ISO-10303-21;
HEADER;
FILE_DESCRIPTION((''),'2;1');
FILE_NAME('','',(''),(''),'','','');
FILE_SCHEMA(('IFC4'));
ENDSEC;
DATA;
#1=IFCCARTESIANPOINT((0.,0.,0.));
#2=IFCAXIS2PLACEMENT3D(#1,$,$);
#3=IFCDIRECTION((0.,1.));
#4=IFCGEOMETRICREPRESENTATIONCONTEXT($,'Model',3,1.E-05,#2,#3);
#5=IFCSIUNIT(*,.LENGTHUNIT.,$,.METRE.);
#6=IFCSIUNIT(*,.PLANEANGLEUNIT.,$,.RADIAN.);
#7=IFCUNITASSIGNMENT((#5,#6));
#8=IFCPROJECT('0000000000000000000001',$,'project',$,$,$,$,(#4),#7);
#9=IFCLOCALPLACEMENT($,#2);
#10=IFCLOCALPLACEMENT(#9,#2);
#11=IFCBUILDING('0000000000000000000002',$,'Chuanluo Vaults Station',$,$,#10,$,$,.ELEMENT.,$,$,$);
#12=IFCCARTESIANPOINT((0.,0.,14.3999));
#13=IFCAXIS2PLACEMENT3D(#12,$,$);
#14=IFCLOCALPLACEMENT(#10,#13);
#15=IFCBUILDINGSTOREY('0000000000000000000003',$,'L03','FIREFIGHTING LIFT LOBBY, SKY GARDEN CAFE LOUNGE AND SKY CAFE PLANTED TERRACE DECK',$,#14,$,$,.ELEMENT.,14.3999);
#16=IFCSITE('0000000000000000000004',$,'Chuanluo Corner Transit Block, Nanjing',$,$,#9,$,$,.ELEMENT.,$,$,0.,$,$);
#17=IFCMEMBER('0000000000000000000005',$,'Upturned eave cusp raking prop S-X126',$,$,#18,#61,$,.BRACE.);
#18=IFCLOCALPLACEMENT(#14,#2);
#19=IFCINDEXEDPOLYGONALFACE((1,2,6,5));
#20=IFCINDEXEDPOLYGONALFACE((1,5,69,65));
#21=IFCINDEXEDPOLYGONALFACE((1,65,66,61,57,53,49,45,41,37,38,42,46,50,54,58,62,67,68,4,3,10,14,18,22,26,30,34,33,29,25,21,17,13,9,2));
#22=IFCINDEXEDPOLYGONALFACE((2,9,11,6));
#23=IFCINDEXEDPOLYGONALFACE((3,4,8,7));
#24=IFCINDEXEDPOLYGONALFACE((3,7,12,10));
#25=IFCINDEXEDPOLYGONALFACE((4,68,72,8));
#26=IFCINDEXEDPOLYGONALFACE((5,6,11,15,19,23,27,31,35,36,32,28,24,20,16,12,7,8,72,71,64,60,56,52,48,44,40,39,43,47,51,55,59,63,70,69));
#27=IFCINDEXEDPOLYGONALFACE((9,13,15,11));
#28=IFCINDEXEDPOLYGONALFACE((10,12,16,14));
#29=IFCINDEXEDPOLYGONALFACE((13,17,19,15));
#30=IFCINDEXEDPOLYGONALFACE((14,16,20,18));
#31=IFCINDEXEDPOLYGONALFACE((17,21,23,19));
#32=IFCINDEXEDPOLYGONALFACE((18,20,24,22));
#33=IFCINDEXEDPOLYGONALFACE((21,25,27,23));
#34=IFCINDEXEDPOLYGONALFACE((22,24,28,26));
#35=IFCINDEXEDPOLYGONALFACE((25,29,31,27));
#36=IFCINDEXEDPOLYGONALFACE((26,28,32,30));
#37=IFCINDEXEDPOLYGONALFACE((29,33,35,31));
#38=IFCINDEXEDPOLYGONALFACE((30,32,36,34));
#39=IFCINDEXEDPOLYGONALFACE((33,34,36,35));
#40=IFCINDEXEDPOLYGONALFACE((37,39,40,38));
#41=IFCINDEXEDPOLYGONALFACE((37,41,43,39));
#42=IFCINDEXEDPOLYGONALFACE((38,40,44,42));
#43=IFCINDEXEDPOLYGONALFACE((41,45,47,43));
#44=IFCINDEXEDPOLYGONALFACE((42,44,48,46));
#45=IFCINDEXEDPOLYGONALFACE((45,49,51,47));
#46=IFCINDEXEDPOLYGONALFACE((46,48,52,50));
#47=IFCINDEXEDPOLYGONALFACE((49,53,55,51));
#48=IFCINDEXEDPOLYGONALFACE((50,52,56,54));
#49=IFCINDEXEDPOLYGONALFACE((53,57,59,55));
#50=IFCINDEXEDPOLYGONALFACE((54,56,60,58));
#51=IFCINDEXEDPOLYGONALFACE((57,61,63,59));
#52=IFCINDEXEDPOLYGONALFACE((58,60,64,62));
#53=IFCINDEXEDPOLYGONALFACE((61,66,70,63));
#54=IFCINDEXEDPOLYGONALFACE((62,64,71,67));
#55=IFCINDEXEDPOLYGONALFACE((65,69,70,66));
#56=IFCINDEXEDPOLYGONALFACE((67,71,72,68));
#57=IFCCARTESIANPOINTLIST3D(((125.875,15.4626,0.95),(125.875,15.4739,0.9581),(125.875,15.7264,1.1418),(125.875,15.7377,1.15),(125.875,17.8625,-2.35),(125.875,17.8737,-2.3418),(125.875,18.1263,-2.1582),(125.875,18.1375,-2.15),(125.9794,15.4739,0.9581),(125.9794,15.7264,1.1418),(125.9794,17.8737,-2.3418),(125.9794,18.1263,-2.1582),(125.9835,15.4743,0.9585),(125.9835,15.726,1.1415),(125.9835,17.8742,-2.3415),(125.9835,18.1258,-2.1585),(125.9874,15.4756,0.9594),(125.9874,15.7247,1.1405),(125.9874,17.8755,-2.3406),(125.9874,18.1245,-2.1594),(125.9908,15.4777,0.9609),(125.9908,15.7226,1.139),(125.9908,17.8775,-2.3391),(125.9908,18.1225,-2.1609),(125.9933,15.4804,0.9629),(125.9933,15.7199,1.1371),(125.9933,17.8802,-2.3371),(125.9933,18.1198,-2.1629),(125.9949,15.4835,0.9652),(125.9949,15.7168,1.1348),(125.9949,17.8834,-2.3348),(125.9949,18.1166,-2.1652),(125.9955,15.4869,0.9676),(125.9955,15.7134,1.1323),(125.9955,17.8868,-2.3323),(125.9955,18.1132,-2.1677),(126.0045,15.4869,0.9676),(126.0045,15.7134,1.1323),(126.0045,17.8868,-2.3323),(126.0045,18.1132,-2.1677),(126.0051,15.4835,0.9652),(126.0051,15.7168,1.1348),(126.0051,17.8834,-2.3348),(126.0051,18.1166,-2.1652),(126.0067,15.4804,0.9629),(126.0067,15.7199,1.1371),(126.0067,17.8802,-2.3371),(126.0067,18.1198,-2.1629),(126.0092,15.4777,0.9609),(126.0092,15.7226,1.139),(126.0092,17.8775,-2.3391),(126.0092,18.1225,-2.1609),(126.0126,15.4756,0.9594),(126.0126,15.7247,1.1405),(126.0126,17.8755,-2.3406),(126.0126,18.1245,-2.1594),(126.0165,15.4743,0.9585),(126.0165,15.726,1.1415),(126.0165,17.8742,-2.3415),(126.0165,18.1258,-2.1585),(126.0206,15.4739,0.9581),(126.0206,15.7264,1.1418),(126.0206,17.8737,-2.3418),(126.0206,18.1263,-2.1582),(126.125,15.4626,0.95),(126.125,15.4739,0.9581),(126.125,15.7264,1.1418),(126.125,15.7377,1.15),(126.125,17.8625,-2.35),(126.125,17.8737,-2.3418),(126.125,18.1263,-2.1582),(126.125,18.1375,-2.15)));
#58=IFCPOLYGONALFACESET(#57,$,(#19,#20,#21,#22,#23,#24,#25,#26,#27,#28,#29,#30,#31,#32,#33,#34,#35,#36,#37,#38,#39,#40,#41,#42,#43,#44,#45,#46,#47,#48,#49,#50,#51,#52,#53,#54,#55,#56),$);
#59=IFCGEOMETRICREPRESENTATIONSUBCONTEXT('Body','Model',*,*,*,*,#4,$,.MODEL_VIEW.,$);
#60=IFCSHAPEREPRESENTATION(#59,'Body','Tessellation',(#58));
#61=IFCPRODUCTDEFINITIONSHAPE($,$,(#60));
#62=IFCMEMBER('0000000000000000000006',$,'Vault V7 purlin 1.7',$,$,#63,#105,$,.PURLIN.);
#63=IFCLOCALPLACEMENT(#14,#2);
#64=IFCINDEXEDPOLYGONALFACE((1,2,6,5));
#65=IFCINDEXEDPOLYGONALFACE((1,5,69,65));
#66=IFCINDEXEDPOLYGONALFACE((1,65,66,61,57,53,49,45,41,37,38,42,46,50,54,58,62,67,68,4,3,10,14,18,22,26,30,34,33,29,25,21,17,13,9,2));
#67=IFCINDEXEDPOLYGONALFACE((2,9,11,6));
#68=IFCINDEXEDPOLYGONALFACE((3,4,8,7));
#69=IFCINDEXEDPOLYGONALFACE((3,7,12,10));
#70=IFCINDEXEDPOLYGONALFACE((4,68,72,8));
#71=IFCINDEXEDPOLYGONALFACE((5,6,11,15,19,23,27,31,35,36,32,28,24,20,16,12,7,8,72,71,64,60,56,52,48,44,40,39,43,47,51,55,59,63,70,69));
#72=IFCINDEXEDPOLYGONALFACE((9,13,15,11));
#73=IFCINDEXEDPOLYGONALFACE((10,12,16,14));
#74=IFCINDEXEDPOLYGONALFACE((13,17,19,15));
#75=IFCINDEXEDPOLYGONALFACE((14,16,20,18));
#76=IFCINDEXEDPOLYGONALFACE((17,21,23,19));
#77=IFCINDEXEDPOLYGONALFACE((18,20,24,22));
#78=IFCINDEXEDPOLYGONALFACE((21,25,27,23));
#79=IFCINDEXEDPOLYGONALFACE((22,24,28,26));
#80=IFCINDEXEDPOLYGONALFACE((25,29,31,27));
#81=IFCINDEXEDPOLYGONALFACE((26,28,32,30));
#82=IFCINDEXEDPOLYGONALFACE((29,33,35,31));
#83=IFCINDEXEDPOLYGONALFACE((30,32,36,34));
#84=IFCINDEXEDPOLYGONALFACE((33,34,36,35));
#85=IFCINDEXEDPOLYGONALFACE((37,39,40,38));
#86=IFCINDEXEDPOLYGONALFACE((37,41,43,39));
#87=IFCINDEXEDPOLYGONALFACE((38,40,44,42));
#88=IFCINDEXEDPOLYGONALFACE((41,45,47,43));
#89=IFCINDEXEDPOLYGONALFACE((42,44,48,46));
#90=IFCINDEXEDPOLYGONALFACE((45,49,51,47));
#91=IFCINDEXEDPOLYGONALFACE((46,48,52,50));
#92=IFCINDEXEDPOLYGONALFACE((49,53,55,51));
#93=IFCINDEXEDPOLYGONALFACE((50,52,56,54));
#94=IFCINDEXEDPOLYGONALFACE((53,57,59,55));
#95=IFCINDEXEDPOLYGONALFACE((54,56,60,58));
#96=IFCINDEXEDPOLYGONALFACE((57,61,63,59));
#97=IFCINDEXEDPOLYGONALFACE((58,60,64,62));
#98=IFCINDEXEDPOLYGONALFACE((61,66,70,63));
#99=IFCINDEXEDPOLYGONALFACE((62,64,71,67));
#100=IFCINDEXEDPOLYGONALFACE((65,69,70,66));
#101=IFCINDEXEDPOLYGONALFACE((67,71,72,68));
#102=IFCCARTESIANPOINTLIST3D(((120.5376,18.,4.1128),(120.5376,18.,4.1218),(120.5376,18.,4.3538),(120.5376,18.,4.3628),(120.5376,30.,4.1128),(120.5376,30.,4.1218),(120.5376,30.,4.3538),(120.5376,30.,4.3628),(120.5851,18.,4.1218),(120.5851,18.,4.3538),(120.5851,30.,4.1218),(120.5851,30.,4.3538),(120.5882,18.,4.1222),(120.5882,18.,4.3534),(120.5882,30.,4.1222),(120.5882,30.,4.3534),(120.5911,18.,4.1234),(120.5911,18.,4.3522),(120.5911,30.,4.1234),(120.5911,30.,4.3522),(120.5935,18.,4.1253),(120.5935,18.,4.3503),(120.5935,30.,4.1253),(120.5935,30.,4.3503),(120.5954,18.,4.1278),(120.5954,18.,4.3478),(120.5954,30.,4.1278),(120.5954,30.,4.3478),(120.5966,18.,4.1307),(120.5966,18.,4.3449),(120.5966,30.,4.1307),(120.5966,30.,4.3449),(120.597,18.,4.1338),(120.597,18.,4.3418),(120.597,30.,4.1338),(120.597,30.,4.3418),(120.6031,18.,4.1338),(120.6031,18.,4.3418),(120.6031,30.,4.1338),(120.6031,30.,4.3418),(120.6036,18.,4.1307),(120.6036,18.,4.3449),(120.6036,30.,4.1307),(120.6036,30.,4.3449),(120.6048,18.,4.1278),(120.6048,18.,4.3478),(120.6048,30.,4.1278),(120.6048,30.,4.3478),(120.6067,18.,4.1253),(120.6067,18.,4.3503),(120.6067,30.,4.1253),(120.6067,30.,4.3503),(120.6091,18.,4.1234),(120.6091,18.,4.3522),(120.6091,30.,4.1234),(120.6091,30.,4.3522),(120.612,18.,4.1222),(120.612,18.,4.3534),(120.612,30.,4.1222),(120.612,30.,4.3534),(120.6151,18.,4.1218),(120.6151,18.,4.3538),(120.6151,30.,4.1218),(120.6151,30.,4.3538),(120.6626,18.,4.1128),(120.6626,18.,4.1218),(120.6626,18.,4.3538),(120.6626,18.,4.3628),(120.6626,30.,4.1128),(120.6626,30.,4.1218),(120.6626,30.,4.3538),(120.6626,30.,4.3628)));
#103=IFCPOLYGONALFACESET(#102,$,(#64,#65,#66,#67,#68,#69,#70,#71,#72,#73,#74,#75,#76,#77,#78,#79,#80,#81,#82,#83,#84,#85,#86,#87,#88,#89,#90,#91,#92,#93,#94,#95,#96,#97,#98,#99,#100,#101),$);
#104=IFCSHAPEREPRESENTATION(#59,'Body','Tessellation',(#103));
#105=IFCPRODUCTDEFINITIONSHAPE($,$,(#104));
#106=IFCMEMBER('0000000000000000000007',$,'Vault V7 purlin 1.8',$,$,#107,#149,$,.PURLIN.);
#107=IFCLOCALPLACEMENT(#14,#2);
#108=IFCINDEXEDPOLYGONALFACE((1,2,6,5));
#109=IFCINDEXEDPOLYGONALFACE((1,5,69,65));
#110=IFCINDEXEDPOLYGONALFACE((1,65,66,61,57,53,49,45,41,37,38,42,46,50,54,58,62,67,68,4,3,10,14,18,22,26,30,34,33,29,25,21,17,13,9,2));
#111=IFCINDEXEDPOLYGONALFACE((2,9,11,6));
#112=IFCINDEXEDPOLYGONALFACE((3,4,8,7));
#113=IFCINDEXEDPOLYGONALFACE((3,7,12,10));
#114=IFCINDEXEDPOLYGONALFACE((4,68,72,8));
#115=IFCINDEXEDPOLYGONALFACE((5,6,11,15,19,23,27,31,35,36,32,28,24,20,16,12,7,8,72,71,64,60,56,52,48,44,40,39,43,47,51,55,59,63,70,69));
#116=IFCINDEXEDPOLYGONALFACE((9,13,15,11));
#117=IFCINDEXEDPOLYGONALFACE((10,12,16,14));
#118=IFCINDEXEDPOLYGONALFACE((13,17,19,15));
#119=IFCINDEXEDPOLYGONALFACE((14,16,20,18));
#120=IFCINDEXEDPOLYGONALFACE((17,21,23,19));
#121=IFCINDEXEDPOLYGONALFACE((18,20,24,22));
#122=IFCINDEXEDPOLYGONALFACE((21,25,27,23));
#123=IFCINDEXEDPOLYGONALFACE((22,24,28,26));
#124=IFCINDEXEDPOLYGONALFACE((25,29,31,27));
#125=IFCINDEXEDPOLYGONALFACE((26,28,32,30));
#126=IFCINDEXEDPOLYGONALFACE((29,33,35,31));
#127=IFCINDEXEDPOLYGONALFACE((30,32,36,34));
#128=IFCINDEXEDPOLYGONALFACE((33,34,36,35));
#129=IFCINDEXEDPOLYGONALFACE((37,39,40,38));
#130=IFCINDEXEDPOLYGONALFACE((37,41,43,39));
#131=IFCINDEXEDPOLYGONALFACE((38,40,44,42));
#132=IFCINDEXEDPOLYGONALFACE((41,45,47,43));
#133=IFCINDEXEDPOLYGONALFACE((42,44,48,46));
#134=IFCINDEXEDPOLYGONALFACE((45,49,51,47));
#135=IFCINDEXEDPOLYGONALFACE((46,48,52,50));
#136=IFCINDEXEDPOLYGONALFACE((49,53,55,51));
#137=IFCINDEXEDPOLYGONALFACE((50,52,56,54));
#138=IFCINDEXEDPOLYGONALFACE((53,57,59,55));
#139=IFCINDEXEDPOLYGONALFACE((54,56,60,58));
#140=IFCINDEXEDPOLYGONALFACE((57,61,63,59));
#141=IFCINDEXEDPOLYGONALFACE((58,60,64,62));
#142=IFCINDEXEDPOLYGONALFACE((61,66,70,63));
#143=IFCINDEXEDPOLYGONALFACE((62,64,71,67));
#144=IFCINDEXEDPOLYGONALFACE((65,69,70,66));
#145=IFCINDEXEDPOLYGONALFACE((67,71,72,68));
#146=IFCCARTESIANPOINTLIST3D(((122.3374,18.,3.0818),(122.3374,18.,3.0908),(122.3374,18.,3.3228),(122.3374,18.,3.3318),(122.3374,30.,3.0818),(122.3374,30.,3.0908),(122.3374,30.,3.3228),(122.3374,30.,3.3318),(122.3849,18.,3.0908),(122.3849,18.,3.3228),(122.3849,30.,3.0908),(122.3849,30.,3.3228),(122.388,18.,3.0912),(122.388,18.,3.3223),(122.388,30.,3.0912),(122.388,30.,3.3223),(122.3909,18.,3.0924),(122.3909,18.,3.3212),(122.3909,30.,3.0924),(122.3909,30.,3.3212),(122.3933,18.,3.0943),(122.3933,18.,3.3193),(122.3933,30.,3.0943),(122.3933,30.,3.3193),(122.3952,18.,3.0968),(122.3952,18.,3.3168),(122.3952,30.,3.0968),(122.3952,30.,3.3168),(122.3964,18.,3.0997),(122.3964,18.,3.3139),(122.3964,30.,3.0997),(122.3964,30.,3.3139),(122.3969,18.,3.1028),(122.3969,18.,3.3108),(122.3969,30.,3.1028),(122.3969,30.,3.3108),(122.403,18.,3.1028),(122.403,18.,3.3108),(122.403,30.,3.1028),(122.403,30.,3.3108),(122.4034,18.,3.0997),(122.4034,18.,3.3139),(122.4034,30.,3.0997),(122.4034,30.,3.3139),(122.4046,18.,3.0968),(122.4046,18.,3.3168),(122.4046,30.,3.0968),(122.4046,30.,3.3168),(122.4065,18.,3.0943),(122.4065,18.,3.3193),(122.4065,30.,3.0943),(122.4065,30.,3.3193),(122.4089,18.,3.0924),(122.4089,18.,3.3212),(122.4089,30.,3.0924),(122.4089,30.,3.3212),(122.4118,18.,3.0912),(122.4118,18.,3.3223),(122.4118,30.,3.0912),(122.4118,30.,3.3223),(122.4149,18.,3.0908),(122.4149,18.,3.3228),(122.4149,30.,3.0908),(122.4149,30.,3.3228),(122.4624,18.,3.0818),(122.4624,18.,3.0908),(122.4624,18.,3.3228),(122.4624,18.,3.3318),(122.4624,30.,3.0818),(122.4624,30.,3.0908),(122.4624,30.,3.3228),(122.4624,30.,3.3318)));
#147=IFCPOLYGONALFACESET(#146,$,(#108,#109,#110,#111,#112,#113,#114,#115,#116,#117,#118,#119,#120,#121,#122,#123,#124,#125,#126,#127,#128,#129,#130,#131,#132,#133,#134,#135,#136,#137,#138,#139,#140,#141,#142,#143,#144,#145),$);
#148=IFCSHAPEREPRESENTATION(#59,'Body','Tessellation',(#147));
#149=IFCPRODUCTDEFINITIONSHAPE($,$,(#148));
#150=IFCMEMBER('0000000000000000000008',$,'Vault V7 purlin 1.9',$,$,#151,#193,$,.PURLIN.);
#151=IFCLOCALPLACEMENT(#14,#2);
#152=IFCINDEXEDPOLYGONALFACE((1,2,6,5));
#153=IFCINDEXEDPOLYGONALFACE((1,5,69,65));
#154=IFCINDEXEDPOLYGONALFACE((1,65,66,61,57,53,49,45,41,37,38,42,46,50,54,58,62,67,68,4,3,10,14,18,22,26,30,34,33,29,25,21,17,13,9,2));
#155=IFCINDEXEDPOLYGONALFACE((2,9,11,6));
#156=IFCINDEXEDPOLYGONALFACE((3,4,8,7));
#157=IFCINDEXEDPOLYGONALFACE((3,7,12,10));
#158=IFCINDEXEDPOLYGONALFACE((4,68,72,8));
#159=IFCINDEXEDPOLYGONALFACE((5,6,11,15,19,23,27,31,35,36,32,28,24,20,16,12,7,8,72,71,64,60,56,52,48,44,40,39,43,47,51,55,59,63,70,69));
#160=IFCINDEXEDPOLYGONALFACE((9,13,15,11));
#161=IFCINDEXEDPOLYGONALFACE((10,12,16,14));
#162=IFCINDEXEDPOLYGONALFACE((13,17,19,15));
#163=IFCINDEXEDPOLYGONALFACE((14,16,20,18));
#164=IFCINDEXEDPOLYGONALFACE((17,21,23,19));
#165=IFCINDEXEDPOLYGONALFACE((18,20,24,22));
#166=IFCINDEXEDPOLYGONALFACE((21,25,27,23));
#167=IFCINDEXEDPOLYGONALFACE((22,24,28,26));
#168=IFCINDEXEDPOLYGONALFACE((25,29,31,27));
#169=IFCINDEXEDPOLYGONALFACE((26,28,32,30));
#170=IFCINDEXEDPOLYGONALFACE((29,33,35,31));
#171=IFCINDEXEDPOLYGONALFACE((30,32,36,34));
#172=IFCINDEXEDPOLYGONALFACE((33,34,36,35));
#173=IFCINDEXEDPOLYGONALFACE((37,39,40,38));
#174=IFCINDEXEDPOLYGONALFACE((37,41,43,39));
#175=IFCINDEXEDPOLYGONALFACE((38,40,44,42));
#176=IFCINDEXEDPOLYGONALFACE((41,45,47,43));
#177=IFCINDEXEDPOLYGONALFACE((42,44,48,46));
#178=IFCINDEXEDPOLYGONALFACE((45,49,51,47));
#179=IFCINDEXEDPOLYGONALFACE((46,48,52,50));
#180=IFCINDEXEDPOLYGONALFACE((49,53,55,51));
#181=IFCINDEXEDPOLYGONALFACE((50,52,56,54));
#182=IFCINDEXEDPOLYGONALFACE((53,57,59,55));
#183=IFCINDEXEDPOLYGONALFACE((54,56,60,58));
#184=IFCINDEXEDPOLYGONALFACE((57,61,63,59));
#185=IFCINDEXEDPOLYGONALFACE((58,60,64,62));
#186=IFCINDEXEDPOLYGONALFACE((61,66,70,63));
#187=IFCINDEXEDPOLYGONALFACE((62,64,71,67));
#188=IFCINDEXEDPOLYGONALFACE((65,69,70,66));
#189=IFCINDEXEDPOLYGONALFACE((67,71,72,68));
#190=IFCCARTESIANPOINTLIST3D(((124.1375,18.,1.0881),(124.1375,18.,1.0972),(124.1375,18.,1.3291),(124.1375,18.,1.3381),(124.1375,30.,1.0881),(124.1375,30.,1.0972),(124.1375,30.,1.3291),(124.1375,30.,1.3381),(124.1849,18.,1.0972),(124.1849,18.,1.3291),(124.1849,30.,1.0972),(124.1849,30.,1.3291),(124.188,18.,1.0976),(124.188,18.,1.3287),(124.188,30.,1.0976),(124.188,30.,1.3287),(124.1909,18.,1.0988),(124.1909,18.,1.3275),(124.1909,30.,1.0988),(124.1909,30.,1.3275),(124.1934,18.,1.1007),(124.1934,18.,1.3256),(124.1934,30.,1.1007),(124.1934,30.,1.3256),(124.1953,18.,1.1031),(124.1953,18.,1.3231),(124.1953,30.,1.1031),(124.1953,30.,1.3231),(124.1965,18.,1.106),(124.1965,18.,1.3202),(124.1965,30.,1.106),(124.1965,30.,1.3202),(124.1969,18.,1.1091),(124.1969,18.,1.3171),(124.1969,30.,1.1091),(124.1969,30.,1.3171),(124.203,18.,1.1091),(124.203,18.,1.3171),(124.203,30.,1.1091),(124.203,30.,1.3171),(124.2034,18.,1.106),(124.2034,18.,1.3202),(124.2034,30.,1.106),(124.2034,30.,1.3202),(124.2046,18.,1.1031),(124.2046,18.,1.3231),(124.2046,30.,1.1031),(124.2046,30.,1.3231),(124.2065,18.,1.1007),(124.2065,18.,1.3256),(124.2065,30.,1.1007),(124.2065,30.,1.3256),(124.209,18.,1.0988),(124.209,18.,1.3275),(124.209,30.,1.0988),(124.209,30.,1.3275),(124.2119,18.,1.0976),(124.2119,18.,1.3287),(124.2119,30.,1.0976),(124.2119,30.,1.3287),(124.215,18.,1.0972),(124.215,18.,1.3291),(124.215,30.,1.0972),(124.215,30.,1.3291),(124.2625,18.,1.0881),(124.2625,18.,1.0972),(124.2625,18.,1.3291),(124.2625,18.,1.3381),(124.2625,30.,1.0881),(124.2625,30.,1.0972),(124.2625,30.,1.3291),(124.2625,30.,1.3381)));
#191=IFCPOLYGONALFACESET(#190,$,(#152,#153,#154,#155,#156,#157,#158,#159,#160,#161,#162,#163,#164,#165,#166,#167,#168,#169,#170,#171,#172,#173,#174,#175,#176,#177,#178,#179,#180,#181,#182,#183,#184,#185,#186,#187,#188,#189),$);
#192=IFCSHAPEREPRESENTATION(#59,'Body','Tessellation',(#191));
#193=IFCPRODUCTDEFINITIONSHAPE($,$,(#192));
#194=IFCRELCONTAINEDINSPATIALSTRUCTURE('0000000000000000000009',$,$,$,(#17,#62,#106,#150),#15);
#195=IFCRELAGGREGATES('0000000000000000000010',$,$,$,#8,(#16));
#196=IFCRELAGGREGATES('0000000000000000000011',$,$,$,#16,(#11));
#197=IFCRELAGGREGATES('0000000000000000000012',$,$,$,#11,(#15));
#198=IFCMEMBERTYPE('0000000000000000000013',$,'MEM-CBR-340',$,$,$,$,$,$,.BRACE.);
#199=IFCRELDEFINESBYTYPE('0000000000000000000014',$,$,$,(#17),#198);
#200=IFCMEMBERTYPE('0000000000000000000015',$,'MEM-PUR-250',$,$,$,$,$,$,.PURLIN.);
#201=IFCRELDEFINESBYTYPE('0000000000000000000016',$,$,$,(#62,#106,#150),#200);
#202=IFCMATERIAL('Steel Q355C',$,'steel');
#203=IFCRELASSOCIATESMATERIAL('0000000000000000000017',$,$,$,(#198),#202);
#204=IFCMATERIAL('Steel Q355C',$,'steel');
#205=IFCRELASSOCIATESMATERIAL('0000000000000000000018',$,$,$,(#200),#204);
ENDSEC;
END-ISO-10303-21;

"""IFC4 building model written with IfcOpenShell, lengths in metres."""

from ifc_helpers import new_model, si_unit, direction, frame, origin, origin_2d, place, context, subcontext, project, spatial, i_section, extrude, material, material_profile, profile_set, type_object, element, save


model = new_model("IFC4")

# Units and contexts
model_context = context("Model", 3, precision=1e-05, world=origin(), true_north=direction((0.0, 1.0)))
body_context = subcontext(model_context, "Body", "Model", "MODEL_VIEW")
ifc_project = project(units=[si_unit("LENGTHUNIT", "METRE"), si_unit("PLANEANGLEUNIT", "RADIAN")], contexts=[model_context])

# Site, building, storey
site_placement = place(None, origin())
site = spatial("IfcSite", under=ifc_project, at=site_placement, Name="Chuanluo Corner Transit Block, Nanjing", CompositionType="ELEMENT", RefElevation=0.0)
building_placement = place(site_placement, origin())
building = spatial("IfcBuilding", under=site, at=building_placement, Name="Chuanluo Vaults Station", CompositionType="ELEMENT")
storey_placement = place(building_placement, frame((0.0, 0.0, 14.3999)))
storey = spatial("IfcBuildingStorey", under=building, at=storey_placement, Name="L03", Description="FIREFIGHTING LIFT LOBBY, SKY GARDEN CAFE LOUNGE AND SKY CAFE PLANTED TERRACE DECK", CompositionType="ELEMENT", Elevation=14.3999)

# Members
ifc_material_1 = material(Name="Steel Q355C", Category="steel")
ifc_material_profile_1 = material_profile(ifc_material_1, i_section(OverallWidth=0.25, OverallDepth=0.3401, WebThickness=0.009, FlangeThickness=0.0139, FilletRadius=0.0161, at=origin_2d()))
ifc_profile_set_1 = profile_set([ifc_material_profile_1], Name="Steel Q355C")
member_type_1 = type_object("IfcMemberType", Name="MEM-CBR-340", PredefinedType="BRACE", material=ifc_profile_set_1)
member_1_placement = place(storey_placement, frame((126.0, 18.0, -2.25), z_axis=(0.0, -0.58815, 0.808752), x_axis=(1.0, 0.0, 0.0)))
element("IfcMember", 1, at=member_1_placement, inside=storey, type_object=member_type_1, Name="Upturned eave cusp raking prop S-X126", PredefinedType="BRACE", context=body_context, shape_type="SweptSolid", body=[
    extrude(i_section(OverallWidth=0.25, OverallDepth=0.3401, WebThickness=0.009, FlangeThickness=0.0139, FilletRadius=0.0161, at=origin_2d()), origin(), (0.0, 0.0, 1.0), 4.0803),
])
ifc_material_2 = material(Name="Steel Q355C", Category="steel")
ifc_material_profile_2 = material_profile(ifc_material_2, i_section(OverallWidth=0.125, OverallDepth=0.25, WebThickness=0.0061, FlangeThickness=0.009, FilletRadius=0.012, at=origin_2d()))
ifc_profile_set_2 = profile_set([ifc_material_profile_2], Name="Steel Q355C")
member_type_2 = type_object("IfcMemberType", Name="MEM-PUR-250", PredefinedType="PURLIN", material=ifc_profile_set_2)
for number, where, z_axis, x_axis, name in (
    (2, (120.6001, 18.0, 4.2378), (0.0, 1.0, 0.0), (-1.0, 0.0, 0.0), "Vault V7 purlin 1.7"),
    (3, (122.3999, 18.0, 3.2068), (0.0, 1.0, 0.0), (-1.0, 0.0, 0.0), "Vault V7 purlin 1.8"),
    (4, (124.2, 18.0, 1.2131), (0.0, 1.0, 0.0), (-1.0, 0.0, 0.0), "Vault V7 purlin 1.9"),
):
    element("IfcMember", number, at=place(storey_placement, frame(where, z_axis=z_axis, x_axis=x_axis)), inside=storey, type_object=member_type_2, Name=name, PredefinedType="PURLIN", context=body_context, shape_type="SweptSolid", body=[
        extrude(i_section(OverallWidth=0.125, OverallDepth=0.25, WebThickness=0.0061, FlangeThickness=0.009, FilletRadius=0.012, at=origin_2d()), origin(), (0.0, 0.0, 1.0), 12.0),
    ])

save(model, "model.ifc")
